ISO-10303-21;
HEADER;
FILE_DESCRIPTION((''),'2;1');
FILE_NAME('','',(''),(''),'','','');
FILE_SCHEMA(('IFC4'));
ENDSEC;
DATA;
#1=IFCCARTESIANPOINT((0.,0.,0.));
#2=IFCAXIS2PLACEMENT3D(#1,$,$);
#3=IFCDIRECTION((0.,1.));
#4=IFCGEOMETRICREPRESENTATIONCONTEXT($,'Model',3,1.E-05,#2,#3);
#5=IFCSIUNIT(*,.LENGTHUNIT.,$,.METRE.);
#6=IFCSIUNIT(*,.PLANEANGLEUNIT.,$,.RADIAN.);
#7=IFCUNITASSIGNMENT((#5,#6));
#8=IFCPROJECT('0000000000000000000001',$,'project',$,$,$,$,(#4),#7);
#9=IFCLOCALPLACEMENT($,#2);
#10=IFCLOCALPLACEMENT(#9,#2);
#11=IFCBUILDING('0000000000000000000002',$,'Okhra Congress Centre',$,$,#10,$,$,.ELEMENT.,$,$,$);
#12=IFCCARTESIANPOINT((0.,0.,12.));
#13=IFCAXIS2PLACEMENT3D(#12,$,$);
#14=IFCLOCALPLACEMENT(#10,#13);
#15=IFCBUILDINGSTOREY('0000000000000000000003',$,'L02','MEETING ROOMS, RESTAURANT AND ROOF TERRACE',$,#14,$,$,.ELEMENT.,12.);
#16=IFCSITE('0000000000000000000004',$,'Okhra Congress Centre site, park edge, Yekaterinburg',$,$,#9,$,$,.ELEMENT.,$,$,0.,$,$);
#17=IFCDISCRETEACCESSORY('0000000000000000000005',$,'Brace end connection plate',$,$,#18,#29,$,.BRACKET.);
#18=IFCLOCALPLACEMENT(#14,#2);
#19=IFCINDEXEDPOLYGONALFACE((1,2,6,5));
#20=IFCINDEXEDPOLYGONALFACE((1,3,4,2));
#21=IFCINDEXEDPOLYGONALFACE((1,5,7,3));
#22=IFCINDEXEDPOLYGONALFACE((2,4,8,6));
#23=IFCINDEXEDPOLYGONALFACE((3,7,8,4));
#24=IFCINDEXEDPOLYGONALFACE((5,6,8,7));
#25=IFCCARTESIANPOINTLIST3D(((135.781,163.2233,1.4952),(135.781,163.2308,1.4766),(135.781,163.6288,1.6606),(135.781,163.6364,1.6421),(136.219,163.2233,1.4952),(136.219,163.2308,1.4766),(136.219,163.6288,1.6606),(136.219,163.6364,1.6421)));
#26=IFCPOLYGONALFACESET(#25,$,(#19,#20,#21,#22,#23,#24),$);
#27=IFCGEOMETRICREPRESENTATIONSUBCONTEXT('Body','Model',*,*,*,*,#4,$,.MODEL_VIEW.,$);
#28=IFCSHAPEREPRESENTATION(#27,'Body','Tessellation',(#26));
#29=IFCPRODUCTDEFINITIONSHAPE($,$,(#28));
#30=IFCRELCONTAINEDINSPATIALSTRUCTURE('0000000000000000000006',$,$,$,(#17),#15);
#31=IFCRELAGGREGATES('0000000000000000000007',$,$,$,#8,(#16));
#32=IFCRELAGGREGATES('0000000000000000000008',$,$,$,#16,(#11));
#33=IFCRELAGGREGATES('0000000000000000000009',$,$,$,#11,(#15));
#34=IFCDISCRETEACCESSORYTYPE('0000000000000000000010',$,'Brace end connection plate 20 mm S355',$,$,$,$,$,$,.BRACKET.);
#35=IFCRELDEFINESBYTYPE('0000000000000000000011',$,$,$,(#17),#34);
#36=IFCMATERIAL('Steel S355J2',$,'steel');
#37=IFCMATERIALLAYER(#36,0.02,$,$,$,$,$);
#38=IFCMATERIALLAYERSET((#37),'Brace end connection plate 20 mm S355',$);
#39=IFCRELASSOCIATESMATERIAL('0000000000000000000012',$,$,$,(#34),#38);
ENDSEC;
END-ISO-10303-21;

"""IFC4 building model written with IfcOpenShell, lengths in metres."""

from ifc_helpers import new_model, si_unit, direction, frame, origin, origin_2d, place, context, subcontext, project, spatial, rectangle, extrude, material, layer, layer_set, type_object, element, save


model = new_model("IFC4")

# Units and contexts
model_context = context("Model", 3, precision=1e-05, world=origin(), true_north=direction((0.0, 1.0)))
body_context = subcontext(model_context, "Body", "Model", "MODEL_VIEW")
ifc_project = project(units=[si_unit("LENGTHUNIT", "METRE"), si_unit("PLANEANGLEUNIT", "RADIAN")], contexts=[model_context])

# Site, building, storey
site_placement = place(None, origin())
site = spatial("IfcSite", under=ifc_project, at=site_placement, Name="Okhra Congress Centre site, park edge, Yekaterinburg", CompositionType="ELEMENT", RefElevation=0.0)
building_placement = place(site_placement, origin())
building = spatial("IfcBuilding", under=site, at=building_placement, Name="Okhra Congress Centre", CompositionType="ELEMENT")
storey_placement = place(building_placement, frame((0.0, 0.0, 12.0)))
storey = spatial("IfcBuildingStorey", under=building, at=storey_placement, Name="L02", Description="MEETING ROOMS, RESTAURANT AND ROOF TERRACE", CompositionType="ELEMENT", Elevation=12.0)

# Discrete accessory
ifc_material_1 = material(Name="Steel S355J2", Category="steel")
ifc_layer = layer(ifc_material_1, 0.02)
ifc_layer_set = layer_set([ifc_layer], Name="Brace end connection plate 20 mm S355")
discrete_accessory_type = type_object("IfcDiscreteAccessoryType", Name="Brace end connection plate 20 mm S355", PredefinedType="BRACKET", material=ifc_layer_set)
for number, where, z_axis, x_axis, name in (
    (1, (136.0, 163.426, 1.5779), (0.0, 0.377684, -0.925935), (-1.0, 0.0, 0.0), "Brace end connection plate"),
):
    element("IfcDiscreteAccessory", number, at=place(storey_placement, frame(where, z_axis=z_axis, x_axis=x_axis)), inside=storey, type_object=discrete_accessory_type, Name=name, PredefinedType="BRACKET", context=body_context, shape_type="SweptSolid", body=[
        extrude(rectangle(XDim=0.438, YDim=0.438, at=origin_2d()), origin(), (0.0, 0.0, 1.0), 0.02),
    ])

save(model, "model.ifc")
